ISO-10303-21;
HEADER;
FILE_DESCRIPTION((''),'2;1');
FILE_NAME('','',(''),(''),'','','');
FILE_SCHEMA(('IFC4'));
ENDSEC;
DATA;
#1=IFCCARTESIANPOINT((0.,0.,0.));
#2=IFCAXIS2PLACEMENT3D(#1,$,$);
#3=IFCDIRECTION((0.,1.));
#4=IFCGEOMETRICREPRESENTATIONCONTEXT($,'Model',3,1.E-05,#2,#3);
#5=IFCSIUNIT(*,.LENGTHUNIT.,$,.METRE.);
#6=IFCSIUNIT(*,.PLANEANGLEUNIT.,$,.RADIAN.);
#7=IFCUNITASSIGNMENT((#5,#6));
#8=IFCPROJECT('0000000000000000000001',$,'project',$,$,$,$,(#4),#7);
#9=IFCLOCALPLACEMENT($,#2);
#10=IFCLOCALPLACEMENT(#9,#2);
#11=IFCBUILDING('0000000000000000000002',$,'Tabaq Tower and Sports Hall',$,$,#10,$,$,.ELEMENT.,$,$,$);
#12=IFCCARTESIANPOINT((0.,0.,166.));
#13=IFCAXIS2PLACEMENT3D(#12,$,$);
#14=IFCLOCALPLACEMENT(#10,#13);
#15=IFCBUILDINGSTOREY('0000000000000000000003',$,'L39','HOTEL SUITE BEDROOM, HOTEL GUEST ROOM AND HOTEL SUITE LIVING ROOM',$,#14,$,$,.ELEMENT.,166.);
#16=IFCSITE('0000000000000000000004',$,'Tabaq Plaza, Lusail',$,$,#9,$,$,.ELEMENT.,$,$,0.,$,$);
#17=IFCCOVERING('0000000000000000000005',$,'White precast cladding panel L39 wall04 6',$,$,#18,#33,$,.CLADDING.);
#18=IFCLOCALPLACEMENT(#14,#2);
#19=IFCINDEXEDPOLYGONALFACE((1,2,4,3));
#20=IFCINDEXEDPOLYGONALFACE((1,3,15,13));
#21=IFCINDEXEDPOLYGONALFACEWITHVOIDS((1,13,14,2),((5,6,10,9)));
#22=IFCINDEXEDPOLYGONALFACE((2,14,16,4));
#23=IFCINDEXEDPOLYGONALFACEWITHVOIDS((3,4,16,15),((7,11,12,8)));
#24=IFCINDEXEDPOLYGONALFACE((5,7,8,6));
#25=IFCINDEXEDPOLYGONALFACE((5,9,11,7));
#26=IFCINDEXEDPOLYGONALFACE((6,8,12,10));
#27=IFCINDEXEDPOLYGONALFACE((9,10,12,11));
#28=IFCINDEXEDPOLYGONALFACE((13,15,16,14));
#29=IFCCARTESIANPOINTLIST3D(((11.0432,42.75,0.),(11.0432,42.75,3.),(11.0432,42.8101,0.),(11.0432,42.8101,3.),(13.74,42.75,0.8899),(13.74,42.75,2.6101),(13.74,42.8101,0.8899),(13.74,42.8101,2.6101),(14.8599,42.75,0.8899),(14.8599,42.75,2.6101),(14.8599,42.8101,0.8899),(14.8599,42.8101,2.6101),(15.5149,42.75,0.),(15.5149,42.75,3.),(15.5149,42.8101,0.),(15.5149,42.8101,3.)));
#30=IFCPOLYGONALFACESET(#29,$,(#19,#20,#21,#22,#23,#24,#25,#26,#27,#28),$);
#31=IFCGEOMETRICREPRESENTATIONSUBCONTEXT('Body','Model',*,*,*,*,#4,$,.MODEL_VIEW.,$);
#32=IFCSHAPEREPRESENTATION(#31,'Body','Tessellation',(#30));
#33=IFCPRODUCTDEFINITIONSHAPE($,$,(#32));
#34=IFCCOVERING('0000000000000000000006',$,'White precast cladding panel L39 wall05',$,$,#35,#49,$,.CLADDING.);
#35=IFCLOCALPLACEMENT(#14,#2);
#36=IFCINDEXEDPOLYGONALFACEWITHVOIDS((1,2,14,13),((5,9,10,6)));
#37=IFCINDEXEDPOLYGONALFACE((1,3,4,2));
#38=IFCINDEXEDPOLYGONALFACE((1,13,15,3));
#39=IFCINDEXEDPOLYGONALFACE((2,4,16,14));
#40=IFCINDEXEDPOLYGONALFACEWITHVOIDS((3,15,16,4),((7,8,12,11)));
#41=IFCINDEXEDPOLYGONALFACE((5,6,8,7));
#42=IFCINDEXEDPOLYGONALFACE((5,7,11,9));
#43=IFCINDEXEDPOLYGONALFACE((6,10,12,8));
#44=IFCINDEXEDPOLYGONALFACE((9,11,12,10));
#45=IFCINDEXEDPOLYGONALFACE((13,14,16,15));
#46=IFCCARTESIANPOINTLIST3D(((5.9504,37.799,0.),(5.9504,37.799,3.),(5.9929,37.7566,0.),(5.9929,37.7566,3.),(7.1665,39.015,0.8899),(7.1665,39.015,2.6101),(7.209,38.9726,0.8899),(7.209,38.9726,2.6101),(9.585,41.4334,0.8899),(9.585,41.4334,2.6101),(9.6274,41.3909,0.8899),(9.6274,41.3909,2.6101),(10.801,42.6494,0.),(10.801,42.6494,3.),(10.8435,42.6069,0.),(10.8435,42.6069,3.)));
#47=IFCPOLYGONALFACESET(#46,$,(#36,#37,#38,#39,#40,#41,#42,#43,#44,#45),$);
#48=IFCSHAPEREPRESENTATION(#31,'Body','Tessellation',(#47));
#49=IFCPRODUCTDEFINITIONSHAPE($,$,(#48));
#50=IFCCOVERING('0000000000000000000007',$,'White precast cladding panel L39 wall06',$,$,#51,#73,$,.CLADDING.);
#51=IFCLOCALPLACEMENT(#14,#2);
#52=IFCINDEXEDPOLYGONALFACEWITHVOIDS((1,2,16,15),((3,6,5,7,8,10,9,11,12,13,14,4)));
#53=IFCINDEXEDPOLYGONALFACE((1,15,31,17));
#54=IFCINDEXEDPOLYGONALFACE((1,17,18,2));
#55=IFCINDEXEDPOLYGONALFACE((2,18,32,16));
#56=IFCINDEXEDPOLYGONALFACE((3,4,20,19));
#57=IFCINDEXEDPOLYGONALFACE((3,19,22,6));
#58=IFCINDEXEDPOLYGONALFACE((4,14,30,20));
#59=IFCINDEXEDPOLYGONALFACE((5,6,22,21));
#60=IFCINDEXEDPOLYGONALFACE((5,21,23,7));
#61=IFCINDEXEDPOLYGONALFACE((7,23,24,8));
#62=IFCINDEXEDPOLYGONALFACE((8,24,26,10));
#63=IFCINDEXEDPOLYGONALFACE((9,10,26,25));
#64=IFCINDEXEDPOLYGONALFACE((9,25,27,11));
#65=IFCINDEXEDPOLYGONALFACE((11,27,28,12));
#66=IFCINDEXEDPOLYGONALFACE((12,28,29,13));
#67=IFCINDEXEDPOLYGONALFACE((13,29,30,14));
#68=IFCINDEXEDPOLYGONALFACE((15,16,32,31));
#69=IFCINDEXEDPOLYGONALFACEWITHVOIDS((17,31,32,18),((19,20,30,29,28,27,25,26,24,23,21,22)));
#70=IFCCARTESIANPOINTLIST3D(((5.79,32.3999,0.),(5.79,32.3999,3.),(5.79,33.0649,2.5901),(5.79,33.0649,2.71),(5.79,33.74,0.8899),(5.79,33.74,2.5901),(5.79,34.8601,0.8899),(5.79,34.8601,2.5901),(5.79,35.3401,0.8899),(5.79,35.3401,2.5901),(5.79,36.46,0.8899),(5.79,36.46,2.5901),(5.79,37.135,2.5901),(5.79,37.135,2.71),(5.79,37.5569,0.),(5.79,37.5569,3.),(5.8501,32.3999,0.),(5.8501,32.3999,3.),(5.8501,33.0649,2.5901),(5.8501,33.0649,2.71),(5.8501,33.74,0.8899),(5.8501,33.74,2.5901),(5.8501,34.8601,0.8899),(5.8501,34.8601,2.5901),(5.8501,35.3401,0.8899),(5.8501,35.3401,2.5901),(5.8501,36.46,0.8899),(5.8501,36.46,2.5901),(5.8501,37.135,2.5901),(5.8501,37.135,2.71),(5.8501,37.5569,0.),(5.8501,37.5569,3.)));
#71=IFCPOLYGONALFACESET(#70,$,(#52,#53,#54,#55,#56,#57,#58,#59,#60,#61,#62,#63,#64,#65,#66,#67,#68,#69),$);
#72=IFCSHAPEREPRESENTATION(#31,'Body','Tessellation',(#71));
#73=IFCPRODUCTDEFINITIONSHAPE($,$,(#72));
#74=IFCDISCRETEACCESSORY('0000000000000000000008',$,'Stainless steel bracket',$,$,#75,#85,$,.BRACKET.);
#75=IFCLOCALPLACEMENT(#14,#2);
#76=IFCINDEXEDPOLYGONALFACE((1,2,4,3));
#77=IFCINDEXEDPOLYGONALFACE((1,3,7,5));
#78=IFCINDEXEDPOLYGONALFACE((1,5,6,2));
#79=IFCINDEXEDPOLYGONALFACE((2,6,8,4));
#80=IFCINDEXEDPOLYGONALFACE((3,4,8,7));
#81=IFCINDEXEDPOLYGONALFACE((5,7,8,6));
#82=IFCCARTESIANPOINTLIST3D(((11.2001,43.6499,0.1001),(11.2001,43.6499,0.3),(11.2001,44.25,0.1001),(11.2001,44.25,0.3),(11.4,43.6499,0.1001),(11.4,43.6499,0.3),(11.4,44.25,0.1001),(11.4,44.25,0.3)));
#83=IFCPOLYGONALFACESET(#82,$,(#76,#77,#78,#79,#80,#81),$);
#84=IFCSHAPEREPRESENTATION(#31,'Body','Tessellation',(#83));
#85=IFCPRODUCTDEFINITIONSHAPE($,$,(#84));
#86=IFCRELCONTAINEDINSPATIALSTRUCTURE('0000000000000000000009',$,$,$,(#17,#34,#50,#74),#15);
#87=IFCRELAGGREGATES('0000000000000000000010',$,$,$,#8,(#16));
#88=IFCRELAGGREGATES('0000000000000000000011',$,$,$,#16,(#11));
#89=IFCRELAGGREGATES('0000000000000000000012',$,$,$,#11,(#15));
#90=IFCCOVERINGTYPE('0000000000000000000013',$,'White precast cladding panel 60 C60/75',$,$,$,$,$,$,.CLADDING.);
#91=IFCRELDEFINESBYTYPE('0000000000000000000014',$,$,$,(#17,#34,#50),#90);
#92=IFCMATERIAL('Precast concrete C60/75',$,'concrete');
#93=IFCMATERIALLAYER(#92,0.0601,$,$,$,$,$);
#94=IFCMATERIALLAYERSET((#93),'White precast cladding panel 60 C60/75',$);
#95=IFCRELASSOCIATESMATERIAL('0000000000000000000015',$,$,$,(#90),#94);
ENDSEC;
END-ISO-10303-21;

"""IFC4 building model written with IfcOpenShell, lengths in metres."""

from ifc_helpers import new_model, si_unit, direction, frame, origin, origin_2d, place, context, subcontext, project, spatial, polyline, rectangle, outline, extrude, material, layer, layer_set, type_object, element, save


model = new_model("IFC4")

# Units and contexts
model_context = context("Model", 3, precision=1e-05, world=origin(), true_north=direction((0.0, 1.0)))
body_context = subcontext(model_context, "Body", "Model", "MODEL_VIEW")
ifc_project = project(units=[si_unit("LENGTHUNIT", "METRE"), si_unit("PLANEANGLEUNIT", "RADIAN")], contexts=[model_context])

# Site, building, storey
site_placement = place(None, origin())
site = spatial("IfcSite", under=ifc_project, at=site_placement, Name="Tabaq Plaza, Lusail", CompositionType="ELEMENT", RefElevation=0.0)
building_placement = place(site_placement, origin())
building = spatial("IfcBuilding", under=site, at=building_placement, Name="Tabaq Tower and Sports Hall", CompositionType="ELEMENT")
storey_placement = place(building_placement, frame((0.0, 0.0, 166.0)))
storey = spatial("IfcBuildingStorey", under=building, at=storey_placement, Name="L39", Description="HOTEL SUITE BEDROOM, HOTEL GUEST ROOM AND HOTEL SUITE LIVING ROOM", CompositionType="ELEMENT", Elevation=166.0)

# Coverings
ifc_material_1 = material(Name="Precast concrete C60/75", Category="concrete")
ifc_layer_1 = layer(ifc_material_1, 0.0601)
ifc_layer_set_1 = layer_set([ifc_layer_1], Name="White precast cladding panel 60 C60/75")
covering_type = type_object("IfcCoveringType", Name="White precast cladding panel 60 C60/75", PredefinedType="CLADDING", material=ifc_layer_set_1)
covering_1_placement = place(storey_placement, frame((15.5149, 42.78, 0.0), z_axis=(0.0, 0.0, 1.0), x_axis=(-1.0, 0.0, 0.0)))
element("IfcCovering", 1, at=covering_1_placement, inside=storey, type_object=covering_type, Name="White precast cladding panel L39 wall04 6", PredefinedType="CLADDING", context=body_context, shape_type="SweptSolid", body=[
    extrude(outline(polyline([(0.0, 0.0), (4.4717, 0.0), (4.4717, 3.0), (0.0, 3.0), (0.0, 0.0)]), holes=[polyline([(0.655, 0.8899), (0.655, 2.6101), (1.7749, 2.6101), (1.7749, 0.8899), (0.655, 0.8899)])]), frame((0.0, 0.03, 0.0), z_axis=(0.0, -1.0, 0.0), x_axis=(1.0, 0.0, 0.0)), (0.0, 0.0, 1.0), 0.0601),
])
covering_2_placement = place(storey_placement, frame((10.8223, 42.6282, 0.0), z_axis=(0.0, 0.0, 1.0), x_axis=(-0.707125, -0.707089, 0.0)))
element("IfcCovering", 2, at=covering_2_placement, inside=storey, type_object=covering_type, Name="White precast cladding panel L39 wall05", PredefinedType="CLADDING", context=body_context, shape_type="SweptSolid", body=[
    extrude(outline(polyline([(0.0, 0.0), (6.8596, 0.0), (6.8596, 3.0), (0.0, 3.0), (0.0, 0.0)]), holes=[polyline([(1.7197, 0.8899), (1.7197, 2.6101), (5.1399, 2.6101), (5.1399, 0.8899), (1.7197, 0.8899)])]), frame((0.0, 0.03, 0.0), z_axis=(0.0, -1.0, 0.0), x_axis=(1.0, 0.0, 0.0)), (0.0, 0.0, 1.0), 0.0601),
])
covering_3_placement = place(storey_placement, frame((5.8201, 37.5569, 0.0), z_axis=(0.0, 0.0, 1.0), x_axis=(0.0, -1.0, 0.0)))
element("IfcCovering", 3, at=covering_3_placement, inside=storey, type_object=covering_type, Name="White precast cladding panel L39 wall06", PredefinedType="CLADDING", context=body_context, shape_type="SweptSolid", body=[
    extrude(outline(polyline([(0.0, 0.0), (5.157, 0.0), (5.157, 3.0), (0.0, 3.0), (0.0, 0.0)]), holes=[polyline([(1.0969, 2.5901), (0.4219, 2.5901), (0.4219, 2.71), (4.4919, 2.71), (4.4919, 2.5901), (3.8169, 2.5901), (3.8169, 0.8899), (2.6968, 0.8899), (2.6968, 2.5901), (2.2168, 2.5901), (2.2168, 0.8899), (1.0969, 0.8899), (1.0969, 2.5901)])]), frame((0.0, 0.03, 0.0), z_axis=(0.0, -1.0, 0.0), x_axis=(1.0, 0.0, 0.0)), (0.0, 0.0, 1.0), 0.0601),
])

# Discrete accessory
discrete_accessory_placement = place(storey_placement, frame((11.3, 43.95, 0.1001), z_axis=(0.0, 0.0, 1.0), x_axis=(0.0, 1.0, 0.0)))
element("IfcDiscreteAccessory", 4, at=discrete_accessory_placement, inside=storey, Name="Stainless steel bracket", PredefinedType="BRACKET", context=body_context, shape_type="SweptSolid", body=[
    extrude(rectangle(XDim=0.6001, YDim=0.2, at=origin_2d()), origin(), (0.0, 0.0, 1.0), 0.2),
])

save(model, "model.ifc")
